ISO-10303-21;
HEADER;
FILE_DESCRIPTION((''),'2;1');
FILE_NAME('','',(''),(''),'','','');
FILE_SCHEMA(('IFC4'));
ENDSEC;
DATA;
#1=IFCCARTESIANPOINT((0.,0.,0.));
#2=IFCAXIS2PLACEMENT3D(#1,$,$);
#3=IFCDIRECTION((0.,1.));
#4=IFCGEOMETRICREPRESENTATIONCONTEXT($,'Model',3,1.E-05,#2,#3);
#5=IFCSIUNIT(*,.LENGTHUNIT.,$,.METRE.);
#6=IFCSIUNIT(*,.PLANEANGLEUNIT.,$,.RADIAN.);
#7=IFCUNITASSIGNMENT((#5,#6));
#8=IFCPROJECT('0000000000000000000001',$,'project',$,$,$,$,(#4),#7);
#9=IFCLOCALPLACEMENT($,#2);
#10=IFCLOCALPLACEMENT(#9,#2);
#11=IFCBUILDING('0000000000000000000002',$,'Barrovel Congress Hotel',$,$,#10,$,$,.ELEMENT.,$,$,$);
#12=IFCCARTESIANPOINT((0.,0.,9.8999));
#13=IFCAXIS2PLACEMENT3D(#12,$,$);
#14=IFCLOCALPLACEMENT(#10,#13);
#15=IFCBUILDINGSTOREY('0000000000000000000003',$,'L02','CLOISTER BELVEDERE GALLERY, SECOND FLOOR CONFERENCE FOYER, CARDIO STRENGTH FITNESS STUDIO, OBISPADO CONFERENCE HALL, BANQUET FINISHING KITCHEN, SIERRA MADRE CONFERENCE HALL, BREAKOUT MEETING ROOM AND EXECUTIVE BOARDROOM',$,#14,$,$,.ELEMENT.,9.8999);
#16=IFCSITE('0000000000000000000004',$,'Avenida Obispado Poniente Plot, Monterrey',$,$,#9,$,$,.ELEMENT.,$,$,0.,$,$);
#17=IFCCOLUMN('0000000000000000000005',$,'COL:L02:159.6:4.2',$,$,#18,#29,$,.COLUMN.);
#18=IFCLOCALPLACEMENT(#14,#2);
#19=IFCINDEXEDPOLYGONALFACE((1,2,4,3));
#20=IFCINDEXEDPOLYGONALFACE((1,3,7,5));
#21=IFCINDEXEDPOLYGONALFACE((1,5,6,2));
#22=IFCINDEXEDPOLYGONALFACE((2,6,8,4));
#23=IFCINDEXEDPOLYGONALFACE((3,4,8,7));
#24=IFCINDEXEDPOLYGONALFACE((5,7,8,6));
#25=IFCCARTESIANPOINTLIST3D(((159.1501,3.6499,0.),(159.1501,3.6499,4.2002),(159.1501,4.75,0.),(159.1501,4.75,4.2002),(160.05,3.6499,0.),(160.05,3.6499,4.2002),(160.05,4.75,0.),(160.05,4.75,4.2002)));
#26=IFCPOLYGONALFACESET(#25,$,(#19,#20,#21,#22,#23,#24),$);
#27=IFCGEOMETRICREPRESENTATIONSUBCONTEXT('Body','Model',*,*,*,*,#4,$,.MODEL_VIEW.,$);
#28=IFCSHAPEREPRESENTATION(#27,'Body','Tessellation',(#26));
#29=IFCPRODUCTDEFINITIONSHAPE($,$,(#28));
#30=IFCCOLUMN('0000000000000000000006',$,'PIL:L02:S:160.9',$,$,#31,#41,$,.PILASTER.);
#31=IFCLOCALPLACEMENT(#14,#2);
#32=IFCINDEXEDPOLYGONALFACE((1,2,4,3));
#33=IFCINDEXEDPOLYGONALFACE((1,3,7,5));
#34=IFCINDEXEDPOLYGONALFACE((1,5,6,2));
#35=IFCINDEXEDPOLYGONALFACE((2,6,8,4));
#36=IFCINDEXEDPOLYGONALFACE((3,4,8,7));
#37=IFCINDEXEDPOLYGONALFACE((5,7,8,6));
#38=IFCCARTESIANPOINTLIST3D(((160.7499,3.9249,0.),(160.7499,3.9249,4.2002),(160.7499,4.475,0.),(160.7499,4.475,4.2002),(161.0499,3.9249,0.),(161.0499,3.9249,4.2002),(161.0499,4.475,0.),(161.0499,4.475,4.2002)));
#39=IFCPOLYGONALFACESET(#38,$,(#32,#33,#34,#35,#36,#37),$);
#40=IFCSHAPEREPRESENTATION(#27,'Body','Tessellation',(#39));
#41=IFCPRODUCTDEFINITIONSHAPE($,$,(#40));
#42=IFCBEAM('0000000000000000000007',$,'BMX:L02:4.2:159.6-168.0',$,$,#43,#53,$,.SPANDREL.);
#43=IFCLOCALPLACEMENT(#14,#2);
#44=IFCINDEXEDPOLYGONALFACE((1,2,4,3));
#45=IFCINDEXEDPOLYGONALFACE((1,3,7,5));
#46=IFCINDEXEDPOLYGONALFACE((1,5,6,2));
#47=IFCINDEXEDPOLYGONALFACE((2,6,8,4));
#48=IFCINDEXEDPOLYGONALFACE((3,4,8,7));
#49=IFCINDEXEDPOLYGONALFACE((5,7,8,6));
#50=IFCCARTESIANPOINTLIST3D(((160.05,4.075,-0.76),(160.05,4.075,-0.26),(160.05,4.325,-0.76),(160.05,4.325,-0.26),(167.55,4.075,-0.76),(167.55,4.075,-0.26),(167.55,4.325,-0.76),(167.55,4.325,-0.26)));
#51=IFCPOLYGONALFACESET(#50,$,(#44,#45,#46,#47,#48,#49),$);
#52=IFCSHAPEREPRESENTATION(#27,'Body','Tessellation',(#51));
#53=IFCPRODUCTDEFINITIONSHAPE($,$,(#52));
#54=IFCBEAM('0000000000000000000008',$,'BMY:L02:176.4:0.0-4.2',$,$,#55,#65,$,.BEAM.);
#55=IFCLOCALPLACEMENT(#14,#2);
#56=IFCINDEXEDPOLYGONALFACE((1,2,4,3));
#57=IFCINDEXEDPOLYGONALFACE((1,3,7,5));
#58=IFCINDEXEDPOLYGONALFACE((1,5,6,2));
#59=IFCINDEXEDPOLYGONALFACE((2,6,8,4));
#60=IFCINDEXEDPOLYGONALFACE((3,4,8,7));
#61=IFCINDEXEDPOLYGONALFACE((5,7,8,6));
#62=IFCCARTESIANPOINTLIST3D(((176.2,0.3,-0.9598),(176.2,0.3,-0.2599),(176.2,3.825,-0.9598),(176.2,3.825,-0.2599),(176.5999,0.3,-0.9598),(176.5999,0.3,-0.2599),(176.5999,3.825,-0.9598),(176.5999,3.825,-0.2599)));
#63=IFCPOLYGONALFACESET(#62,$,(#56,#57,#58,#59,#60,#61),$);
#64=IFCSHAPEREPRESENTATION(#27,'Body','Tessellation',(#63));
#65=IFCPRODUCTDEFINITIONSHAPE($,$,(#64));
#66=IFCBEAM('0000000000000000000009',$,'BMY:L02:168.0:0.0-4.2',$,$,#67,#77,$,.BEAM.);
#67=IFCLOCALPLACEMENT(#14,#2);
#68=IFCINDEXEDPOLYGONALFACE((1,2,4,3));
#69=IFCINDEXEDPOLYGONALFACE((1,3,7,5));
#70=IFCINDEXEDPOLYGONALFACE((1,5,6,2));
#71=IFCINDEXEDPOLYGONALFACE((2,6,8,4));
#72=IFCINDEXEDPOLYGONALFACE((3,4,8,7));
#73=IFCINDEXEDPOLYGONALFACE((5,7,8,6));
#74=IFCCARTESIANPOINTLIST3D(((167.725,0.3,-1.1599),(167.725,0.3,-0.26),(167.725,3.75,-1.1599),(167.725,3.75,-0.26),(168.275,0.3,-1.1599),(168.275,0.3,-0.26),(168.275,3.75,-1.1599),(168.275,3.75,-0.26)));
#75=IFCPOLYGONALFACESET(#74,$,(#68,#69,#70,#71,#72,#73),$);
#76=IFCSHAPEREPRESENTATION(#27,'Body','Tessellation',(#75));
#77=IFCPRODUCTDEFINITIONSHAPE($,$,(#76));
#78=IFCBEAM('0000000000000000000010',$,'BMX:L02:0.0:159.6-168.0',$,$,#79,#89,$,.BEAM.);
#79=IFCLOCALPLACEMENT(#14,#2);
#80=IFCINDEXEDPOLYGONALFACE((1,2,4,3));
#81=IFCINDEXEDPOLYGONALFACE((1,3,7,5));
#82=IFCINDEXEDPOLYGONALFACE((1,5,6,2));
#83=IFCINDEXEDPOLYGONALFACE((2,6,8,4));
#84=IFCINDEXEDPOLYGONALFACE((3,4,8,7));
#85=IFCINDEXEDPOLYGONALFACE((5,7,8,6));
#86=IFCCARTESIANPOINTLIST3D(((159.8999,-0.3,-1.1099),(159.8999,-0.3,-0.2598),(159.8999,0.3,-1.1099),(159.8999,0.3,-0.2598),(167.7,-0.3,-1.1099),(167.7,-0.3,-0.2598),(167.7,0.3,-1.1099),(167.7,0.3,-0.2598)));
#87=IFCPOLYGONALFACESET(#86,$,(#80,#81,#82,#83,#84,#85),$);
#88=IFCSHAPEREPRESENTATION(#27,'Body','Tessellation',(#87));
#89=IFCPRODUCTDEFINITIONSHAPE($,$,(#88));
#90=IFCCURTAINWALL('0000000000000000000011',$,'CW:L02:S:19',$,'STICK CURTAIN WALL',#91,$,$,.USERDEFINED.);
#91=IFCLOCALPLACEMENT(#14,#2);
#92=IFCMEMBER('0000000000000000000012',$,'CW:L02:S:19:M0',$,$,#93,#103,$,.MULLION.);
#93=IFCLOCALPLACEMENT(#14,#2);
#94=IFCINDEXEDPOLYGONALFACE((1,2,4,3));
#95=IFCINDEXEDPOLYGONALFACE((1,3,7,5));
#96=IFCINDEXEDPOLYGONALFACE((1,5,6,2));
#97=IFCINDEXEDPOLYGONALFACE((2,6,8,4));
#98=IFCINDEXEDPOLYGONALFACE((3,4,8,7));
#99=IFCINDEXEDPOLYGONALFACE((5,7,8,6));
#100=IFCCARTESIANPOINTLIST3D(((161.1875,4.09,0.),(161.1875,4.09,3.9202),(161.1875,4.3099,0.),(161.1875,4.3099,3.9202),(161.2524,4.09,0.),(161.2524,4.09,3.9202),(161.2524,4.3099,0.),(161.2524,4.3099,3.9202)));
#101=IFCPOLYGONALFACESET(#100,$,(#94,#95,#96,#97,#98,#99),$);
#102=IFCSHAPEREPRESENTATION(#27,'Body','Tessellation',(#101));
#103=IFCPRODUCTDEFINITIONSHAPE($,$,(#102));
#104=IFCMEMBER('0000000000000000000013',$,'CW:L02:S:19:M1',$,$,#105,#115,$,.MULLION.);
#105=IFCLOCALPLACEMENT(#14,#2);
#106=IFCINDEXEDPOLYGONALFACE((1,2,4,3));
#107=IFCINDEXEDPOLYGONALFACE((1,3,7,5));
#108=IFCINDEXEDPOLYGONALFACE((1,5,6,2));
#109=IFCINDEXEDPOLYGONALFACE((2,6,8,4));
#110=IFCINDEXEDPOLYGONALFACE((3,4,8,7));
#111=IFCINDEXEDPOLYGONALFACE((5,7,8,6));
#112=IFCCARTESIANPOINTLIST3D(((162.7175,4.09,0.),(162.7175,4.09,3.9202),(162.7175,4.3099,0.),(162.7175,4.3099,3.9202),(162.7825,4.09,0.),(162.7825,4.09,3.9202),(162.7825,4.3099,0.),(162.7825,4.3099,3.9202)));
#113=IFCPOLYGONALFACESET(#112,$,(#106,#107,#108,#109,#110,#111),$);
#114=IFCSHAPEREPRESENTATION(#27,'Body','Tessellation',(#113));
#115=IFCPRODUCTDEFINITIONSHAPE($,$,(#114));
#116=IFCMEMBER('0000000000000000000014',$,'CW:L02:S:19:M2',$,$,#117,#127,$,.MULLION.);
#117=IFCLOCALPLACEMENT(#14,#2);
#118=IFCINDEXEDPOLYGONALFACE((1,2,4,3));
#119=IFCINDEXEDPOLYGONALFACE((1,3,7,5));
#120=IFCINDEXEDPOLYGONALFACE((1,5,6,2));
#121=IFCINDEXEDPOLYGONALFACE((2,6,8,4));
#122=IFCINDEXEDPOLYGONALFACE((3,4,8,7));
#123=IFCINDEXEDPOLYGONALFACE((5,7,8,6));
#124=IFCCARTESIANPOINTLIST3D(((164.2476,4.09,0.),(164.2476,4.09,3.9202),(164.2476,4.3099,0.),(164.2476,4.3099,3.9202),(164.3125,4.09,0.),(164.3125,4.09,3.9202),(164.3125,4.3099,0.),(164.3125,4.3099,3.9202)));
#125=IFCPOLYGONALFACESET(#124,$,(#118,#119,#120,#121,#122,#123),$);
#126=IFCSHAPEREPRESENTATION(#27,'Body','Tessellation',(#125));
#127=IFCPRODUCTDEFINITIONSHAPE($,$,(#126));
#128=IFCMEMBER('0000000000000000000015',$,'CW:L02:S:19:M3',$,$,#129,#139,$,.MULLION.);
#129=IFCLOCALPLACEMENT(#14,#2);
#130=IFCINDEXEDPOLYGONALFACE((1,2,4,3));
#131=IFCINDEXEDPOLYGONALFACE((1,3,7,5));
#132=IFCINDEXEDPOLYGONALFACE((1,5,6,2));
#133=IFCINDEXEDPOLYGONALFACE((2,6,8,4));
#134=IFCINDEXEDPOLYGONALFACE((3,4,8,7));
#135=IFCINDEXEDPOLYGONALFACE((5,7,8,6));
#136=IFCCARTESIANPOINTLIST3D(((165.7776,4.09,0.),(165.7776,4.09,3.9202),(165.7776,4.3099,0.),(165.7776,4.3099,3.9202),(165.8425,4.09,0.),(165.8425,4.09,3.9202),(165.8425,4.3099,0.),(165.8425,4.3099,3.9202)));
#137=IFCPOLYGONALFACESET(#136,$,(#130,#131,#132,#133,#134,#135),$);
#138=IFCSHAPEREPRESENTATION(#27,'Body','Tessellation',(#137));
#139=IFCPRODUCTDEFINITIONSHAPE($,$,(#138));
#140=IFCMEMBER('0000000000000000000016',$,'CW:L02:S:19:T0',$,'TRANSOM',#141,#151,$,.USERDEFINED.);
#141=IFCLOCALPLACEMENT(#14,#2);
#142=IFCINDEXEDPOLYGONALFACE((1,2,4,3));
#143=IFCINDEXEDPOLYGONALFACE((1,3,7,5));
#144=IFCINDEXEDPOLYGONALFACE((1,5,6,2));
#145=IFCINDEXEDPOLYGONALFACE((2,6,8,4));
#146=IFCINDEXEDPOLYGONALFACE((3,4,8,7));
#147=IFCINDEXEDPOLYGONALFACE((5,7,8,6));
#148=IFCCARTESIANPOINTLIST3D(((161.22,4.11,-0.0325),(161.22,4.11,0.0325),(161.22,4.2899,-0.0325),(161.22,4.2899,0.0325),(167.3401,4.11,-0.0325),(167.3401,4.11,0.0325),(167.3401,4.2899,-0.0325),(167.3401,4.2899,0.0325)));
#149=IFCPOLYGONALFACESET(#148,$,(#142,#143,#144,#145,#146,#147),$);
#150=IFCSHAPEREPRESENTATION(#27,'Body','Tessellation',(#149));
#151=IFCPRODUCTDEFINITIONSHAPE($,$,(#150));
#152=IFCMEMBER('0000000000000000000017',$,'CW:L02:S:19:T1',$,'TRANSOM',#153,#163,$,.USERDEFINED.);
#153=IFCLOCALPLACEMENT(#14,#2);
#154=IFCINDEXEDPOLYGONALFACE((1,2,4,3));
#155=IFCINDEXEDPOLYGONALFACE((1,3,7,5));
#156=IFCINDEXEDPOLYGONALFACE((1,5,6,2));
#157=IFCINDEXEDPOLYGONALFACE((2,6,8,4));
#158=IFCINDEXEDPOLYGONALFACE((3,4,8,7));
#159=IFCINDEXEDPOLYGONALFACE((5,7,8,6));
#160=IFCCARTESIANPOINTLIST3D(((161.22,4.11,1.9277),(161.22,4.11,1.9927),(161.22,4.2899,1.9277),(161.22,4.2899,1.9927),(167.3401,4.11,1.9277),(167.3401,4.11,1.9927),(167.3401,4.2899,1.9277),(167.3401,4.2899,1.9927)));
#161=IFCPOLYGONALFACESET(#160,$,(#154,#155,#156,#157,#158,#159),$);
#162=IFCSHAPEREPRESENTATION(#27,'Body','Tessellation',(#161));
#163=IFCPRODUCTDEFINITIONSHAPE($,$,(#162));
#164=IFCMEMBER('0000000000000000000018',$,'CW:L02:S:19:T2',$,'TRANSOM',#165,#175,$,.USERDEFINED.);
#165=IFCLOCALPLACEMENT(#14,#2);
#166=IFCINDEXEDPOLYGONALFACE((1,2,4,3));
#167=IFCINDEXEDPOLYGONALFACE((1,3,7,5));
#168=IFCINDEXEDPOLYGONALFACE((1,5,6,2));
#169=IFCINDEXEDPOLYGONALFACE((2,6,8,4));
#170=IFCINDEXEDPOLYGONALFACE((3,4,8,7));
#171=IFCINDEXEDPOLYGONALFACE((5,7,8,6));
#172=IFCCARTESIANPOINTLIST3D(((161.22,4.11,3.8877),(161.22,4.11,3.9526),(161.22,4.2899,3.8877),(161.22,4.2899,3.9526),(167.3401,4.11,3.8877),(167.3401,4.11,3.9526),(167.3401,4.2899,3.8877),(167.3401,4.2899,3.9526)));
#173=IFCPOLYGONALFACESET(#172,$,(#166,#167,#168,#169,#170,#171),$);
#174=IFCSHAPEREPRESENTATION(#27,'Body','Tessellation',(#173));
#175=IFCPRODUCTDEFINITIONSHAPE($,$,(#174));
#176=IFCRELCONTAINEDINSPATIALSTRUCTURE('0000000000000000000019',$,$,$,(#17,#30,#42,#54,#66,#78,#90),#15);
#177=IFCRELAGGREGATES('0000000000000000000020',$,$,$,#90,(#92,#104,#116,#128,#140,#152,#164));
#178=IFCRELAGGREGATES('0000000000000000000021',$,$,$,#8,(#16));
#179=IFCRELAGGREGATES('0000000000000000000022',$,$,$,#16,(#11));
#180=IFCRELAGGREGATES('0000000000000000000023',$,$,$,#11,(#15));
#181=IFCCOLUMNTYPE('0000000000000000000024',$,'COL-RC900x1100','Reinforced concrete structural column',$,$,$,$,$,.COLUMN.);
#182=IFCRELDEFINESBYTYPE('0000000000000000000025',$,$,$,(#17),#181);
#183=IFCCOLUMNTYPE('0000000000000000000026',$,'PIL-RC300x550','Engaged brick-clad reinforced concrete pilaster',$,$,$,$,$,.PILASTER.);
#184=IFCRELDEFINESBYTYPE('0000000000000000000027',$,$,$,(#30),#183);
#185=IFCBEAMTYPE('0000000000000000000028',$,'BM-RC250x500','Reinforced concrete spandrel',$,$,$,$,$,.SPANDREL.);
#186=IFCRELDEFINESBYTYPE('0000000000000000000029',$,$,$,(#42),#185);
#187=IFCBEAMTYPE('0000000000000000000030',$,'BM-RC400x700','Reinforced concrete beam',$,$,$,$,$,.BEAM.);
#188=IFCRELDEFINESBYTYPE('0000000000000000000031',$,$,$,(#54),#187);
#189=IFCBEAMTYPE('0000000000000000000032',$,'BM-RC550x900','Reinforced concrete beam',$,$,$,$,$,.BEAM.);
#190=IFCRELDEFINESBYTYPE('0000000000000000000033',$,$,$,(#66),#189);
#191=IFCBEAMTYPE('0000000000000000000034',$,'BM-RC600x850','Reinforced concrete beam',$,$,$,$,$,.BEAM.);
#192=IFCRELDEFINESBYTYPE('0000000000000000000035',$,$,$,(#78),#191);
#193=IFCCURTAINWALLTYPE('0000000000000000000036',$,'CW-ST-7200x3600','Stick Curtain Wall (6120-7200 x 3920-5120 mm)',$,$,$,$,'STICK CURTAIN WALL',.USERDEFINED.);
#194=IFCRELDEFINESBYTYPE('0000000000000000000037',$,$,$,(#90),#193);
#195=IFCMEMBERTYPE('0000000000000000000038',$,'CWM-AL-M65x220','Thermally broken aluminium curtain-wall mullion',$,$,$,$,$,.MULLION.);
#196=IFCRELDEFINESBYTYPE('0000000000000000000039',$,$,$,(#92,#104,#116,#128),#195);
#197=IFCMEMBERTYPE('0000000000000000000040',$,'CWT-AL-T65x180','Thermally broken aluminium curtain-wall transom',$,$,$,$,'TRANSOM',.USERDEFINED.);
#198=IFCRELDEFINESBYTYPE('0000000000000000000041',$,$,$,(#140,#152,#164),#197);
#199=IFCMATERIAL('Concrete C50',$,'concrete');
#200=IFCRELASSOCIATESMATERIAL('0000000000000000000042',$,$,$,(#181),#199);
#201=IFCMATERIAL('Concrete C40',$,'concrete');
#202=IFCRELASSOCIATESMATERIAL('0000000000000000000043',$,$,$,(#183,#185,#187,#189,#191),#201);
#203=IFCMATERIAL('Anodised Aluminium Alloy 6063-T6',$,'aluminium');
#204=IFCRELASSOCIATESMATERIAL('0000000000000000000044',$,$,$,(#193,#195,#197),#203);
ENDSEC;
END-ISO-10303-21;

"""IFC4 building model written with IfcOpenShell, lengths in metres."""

from ifc_helpers import new_model, si_unit, direction, frame, origin, origin_2d, place, context, subcontext, project, spatial, rectangle, extrude, material, material_profile, profile_set, type_object, element, aggregate, save


model = new_model("IFC4")

# Units and contexts
model_context = context("Model", 3, precision=1e-05, world=origin(), true_north=direction((0.0, 1.0)))
body_context = subcontext(model_context, "Body", "Model", "MODEL_VIEW")
ifc_project = project(units=[si_unit("LENGTHUNIT", "METRE"), si_unit("PLANEANGLEUNIT", "RADIAN")], contexts=[model_context])

# Site, building, storey
site_placement = place(None, origin())
site = spatial("IfcSite", under=ifc_project, at=site_placement, Name="Avenida Obispado Poniente Plot, Monterrey", CompositionType="ELEMENT", RefElevation=0.0)
building_placement = place(site_placement, origin())
building = spatial("IfcBuilding", under=site, at=building_placement, Name="Barrovel Congress Hotel", CompositionType="ELEMENT")
storey_placement = place(building_placement, frame((0.0, 0.0, 9.8999)))
storey = spatial("IfcBuildingStorey", under=building, at=storey_placement, Name="L02", Description="CLOISTER BELVEDERE GALLERY, SECOND FLOOR CONFERENCE FOYER, CARDIO STRENGTH FITNESS STUDIO, OBISPADO CONFERENCE HALL, BANQUET FINISHING KITCHEN, SIERRA MADRE CONFERENCE HALL, BREAKOUT MEETING ROOM AND EXECUTIVE BOARDROOM", CompositionType="ELEMENT", Elevation=9.8999)

# Columns
ifc_material_1 = material(Name="Concrete C50", Category="concrete")
ifc_material_profile_1 = material_profile(ifc_material_1, rectangle(XDim=0.8999, YDim=1.1001, at=origin_2d()), Name="RC900x1100")
ifc_profile_set_1 = profile_set([ifc_material_profile_1], Name="Concrete C50")
column_type_1 = type_object("IfcColumnType", Name="COL-RC900x1100", Description="Reinforced concrete structural column", PredefinedType="COLUMN", material=ifc_profile_set_1)
column_1_placement = place(storey_placement, frame((159.6001, 4.2, 0.0), z_axis=(0.0, 0.0, 1.0), x_axis=(1.0, 0.0, 0.0)))
element("IfcColumn", 1, at=column_1_placement, inside=storey, type_object=column_type_1, Name="COL:L02:159.6:4.2", PredefinedType="COLUMN", context=body_context, shape_type="SweptSolid", body=[
    extrude(rectangle(XDim=0.8999, YDim=1.1001, at=origin_2d()), origin(), (0.0, 0.0, 1.0), 4.2002),
])
ifc_material_2 = material(Name="Concrete C40", Category="concrete")
ifc_material_profile_2 = material_profile(ifc_material_2, rectangle(XDim=0.3, YDim=0.55, at=origin_2d()), Name="RC300x550")
ifc_profile_set_2 = profile_set([ifc_material_profile_2], Name="Concrete C40")
column_type_2 = type_object("IfcColumnType", Name="PIL-RC300x550", Description="Engaged brick-clad reinforced concrete pilaster", PredefinedType="PILASTER", material=ifc_profile_set_2)
column_2_placement = place(storey_placement, frame((160.8999, 4.2, 0.0), z_axis=(0.0, 0.0, 1.0), x_axis=(1.0, 0.0, 0.0)))
element("IfcColumn", 2, at=column_2_placement, inside=storey, type_object=column_type_2, Name="PIL:L02:S:160.9", PredefinedType="PILASTER", context=body_context, shape_type="SweptSolid", body=[
    extrude(rectangle(XDim=0.3, YDim=0.55, at=origin_2d()), origin(), (0.0, 0.0, 1.0), 4.2002),
])

# Beams
ifc_material_profile_3 = material_profile(ifc_material_2, rectangle(XDim=0.25, YDim=0.5, at=origin_2d()), Name="RC250x500")
ifc_profile_set_3 = profile_set([ifc_material_profile_3], Name="Concrete C40")
beam_type_1 = type_object("IfcBeamType", Name="BM-RC250x500", Description="Reinforced concrete spandrel", PredefinedType="SPANDREL", material=ifc_profile_set_3)
beam_1_placement = place(storey_placement, frame((160.05, 4.2, -0.51), z_axis=(1.0, 0.0, 0.0), x_axis=(0.0, 1.0, 0.0)))
element("IfcBeam", 3, at=beam_1_placement, inside=storey, type_object=beam_type_1, Name="BMX:L02:4.2:159.6-168.0", PredefinedType="SPANDREL", context=body_context, shape_type="SweptSolid", body=[
    extrude(rectangle(XDim=0.25, YDim=0.5, at=origin_2d()), origin(), (0.0, 0.0, 1.0), 7.5),
])
ifc_material_profile_4 = material_profile(ifc_material_2, rectangle(XDim=0.3999, YDim=0.7, at=origin_2d()), Name="RC400x700")
ifc_profile_set_4 = profile_set([ifc_material_profile_4], Name="Concrete C40")
beam_type_2 = type_object("IfcBeamType", Name="BM-RC400x700", Description="Reinforced concrete beam", PredefinedType="BEAM", material=ifc_profile_set_4)
beam_2_placement = place(storey_placement, frame((176.3999, 0.3, -0.6099), z_axis=(0.0, 1.0, 0.0), x_axis=(-1.0, 0.0, 0.0)))
element("IfcBeam", 4, at=beam_2_placement, inside=storey, type_object=beam_type_2, Name="BMY:L02:176.4:0.0-4.2", PredefinedType="BEAM", context=body_context, shape_type="SweptSolid", body=[
    extrude(rectangle(XDim=0.3999, YDim=0.7, at=origin_2d()), origin(), (0.0, 0.0, 1.0), 3.5249),
])
ifc_material_profile_5 = material_profile(ifc_material_2, rectangle(XDim=0.55, YDim=0.8999, at=origin_2d()), Name="RC550x900")
ifc_profile_set_5 = profile_set([ifc_material_profile_5], Name="Concrete C40")
beam_type_3 = type_object("IfcBeamType", Name="BM-RC550x900", Description="Reinforced concrete beam", PredefinedType="BEAM", material=ifc_profile_set_5)
beam_3_placement = place(storey_placement, frame((168.0, 0.3, -0.71), z_axis=(0.0, 1.0, 0.0), x_axis=(-1.0, 0.0, 0.0)))
element("IfcBeam", 5, at=beam_3_placement, inside=storey, type_object=beam_type_3, Name="BMY:L02:168.0:0.0-4.2", PredefinedType="BEAM", context=body_context, shape_type="SweptSolid", body=[
    extrude(rectangle(XDim=0.55, YDim=0.8999, at=origin_2d()), origin(), (0.0, 0.0, 1.0), 3.45),
])
ifc_material_profile_6 = material_profile(ifc_material_2, rectangle(XDim=0.6001, YDim=0.8501, at=origin_2d()), Name="RC600x850")
ifc_profile_set_6 = profile_set([ifc_material_profile_6], Name="Concrete C40")
beam_type_4 = type_object("IfcBeamType", Name="BM-RC600x850", Description="Reinforced concrete beam", PredefinedType="BEAM", material=ifc_profile_set_6)
beam_4_placement = place(storey_placement, frame((159.8999, 0.0, -0.6848), z_axis=(1.0, 0.0, 0.0), x_axis=(0.0, 1.0, 0.0)))
element("IfcBeam", 6, at=beam_4_placement, inside=storey, type_object=beam_type_4, Name="BMX:L02:0.0:159.6-168.0", PredefinedType="BEAM", context=body_context, shape_type="SweptSolid", body=[
    extrude(rectangle(XDim=0.6001, YDim=0.8501, at=origin_2d()), origin(), (0.0, 0.0, 1.0), 7.8),
])

# Curtain wall, members
ifc_material_3 = material(Name="Anodised Aluminium Alloy 6063-T6", Category="aluminium")
curtain_wall_type = type_object("IfcCurtainWallType", Name="CW-ST-7200x3600", Description="Stick Curtain Wall (6120-7200 x 3920-5120 mm)", ElementType="STICK CURTAIN WALL", PredefinedType="USERDEFINED", material=ifc_material_3)
curtain_wall_placement = place(storey_placement, origin())
curtain_wall = element("IfcCurtainWall", 7, at=curtain_wall_placement, inside=storey, type_object=curtain_wall_type, Name="CW:L02:S:19", ObjectType="STICK CURTAIN WALL", PredefinedType="USERDEFINED")
ifc_material_profile_7 = material_profile(ifc_material_3, rectangle(XDim=0.0649, YDim=0.22, at=origin_2d()), Name="AL-M65x220")
ifc_profile_set_7 = profile_set([ifc_material_profile_7], Name="Anodised Aluminium Alloy 6063-T6")
member_type_1 = type_object("IfcMemberType", Name="CWM-AL-M65x220", Description="Thermally broken aluminium curtain-wall mullion", PredefinedType="MULLION", material=ifc_profile_set_7)
member_1_placement = place(storey_placement, frame((161.22, 4.2, 0.0), z_axis=(0.0, 0.0, 1.0), x_axis=(1.0, 0.0, 0.0)))
member_1 = element("IfcMember", 8, at=member_1_placement, type_object=member_type_1, Name="CW:L02:S:19:M0", PredefinedType="MULLION", context=body_context, shape_type="SweptSolid", body=[
    extrude(rectangle(XDim=0.0649, YDim=0.22, at=origin_2d()), origin(), (0.0, 0.0, 1.0), 3.9202),
])
member_2_placement = place(storey_placement, frame((162.75, 4.2, 0.0), z_axis=(0.0, 0.0, 1.0), x_axis=(1.0, 0.0, 0.0)))
member_2 = element("IfcMember", 9, at=member_2_placement, type_object=member_type_1, Name="CW:L02:S:19:M1", PredefinedType="MULLION", context=body_context, shape_type="SweptSolid", body=[
    extrude(rectangle(XDim=0.0649, YDim=0.22, at=origin_2d()), origin(), (0.0, 0.0, 1.0), 3.9202),
])
member_3_placement = place(storey_placement, frame((164.28, 4.2, 0.0), z_axis=(0.0, 0.0, 1.0), x_axis=(1.0, 0.0, 0.0)))
member_3 = element("IfcMember", 10, at=member_3_placement, type_object=member_type_1, Name="CW:L02:S:19:M2", PredefinedType="MULLION", context=body_context, shape_type="SweptSolid", body=[
    extrude(rectangle(XDim=0.0649, YDim=0.22, at=origin_2d()), origin(), (0.0, 0.0, 1.0), 3.9202),
])
member_4_placement = place(storey_placement, frame((165.8101, 4.2, 0.0), z_axis=(0.0, 0.0, 1.0), x_axis=(1.0, 0.0, 0.0)))
member_4 = element("IfcMember", 11, at=member_4_placement, type_object=member_type_1, Name="CW:L02:S:19:M3", PredefinedType="MULLION", context=body_context, shape_type="SweptSolid", body=[
    extrude(rectangle(XDim=0.0649, YDim=0.22, at=origin_2d()), origin(), (0.0, 0.0, 1.0), 3.9202),
])
ifc_material_profile_8 = material_profile(ifc_material_3, rectangle(XDim=0.1799, YDim=0.0649, at=origin_2d()), Name="AL-T65x180")
ifc_profile_set_8 = profile_set([ifc_material_profile_8], Name="Anodised Aluminium Alloy 6063-T6")
member_type_2 = type_object("IfcMemberType", Name="CWT-AL-T65x180", Description="Thermally broken aluminium curtain-wall transom", ElementType="TRANSOM", PredefinedType="USERDEFINED", material=ifc_profile_set_8)
member_5_placement = place(storey_placement, frame((161.22, 4.2, 0.0), z_axis=(1.0, 0.0, 0.0), x_axis=(0.0, 1.0, 0.0)))
member_5 = element("IfcMember", 12, at=member_5_placement, type_object=member_type_2, Name="CW:L02:S:19:T0", ObjectType="TRANSOM", PredefinedType="USERDEFINED", context=body_context, shape_type="SweptSolid", body=[
    extrude(rectangle(XDim=0.1799, YDim=0.0649, at=origin_2d()), origin(), (0.0, 0.0, 1.0), 6.1201),
])
member_6_placement = place(storey_placement, frame((161.22, 4.2, 1.9602), z_axis=(1.0, 0.0, 0.0), x_axis=(0.0, 1.0, 0.0)))
member_6 = element("IfcMember", 13, at=member_6_placement, type_object=member_type_2, Name="CW:L02:S:19:T1", ObjectType="TRANSOM", PredefinedType="USERDEFINED", context=body_context, shape_type="SweptSolid", body=[
    extrude(rectangle(XDim=0.1799, YDim=0.0649, at=origin_2d()), origin(), (0.0, 0.0, 1.0), 6.1201),
])
member_7_placement = place(storey_placement, frame((161.22, 4.2, 3.9202), z_axis=(1.0, 0.0, 0.0), x_axis=(0.0, 1.0, 0.0)))
member_7 = element("IfcMember", 14, at=member_7_placement, type_object=member_type_2, Name="CW:L02:S:19:T2", ObjectType="TRANSOM", PredefinedType="USERDEFINED", context=body_context, shape_type="SweptSolid", body=[
    extrude(rectangle(XDim=0.1799, YDim=0.0649, at=origin_2d()), origin(), (0.0, 0.0, 1.0), 6.1201),
])

aggregate(curtain_wall, [member_1, member_2, member_3, member_4, member_5, member_6, member_7])

save(model, "model.ifc")
